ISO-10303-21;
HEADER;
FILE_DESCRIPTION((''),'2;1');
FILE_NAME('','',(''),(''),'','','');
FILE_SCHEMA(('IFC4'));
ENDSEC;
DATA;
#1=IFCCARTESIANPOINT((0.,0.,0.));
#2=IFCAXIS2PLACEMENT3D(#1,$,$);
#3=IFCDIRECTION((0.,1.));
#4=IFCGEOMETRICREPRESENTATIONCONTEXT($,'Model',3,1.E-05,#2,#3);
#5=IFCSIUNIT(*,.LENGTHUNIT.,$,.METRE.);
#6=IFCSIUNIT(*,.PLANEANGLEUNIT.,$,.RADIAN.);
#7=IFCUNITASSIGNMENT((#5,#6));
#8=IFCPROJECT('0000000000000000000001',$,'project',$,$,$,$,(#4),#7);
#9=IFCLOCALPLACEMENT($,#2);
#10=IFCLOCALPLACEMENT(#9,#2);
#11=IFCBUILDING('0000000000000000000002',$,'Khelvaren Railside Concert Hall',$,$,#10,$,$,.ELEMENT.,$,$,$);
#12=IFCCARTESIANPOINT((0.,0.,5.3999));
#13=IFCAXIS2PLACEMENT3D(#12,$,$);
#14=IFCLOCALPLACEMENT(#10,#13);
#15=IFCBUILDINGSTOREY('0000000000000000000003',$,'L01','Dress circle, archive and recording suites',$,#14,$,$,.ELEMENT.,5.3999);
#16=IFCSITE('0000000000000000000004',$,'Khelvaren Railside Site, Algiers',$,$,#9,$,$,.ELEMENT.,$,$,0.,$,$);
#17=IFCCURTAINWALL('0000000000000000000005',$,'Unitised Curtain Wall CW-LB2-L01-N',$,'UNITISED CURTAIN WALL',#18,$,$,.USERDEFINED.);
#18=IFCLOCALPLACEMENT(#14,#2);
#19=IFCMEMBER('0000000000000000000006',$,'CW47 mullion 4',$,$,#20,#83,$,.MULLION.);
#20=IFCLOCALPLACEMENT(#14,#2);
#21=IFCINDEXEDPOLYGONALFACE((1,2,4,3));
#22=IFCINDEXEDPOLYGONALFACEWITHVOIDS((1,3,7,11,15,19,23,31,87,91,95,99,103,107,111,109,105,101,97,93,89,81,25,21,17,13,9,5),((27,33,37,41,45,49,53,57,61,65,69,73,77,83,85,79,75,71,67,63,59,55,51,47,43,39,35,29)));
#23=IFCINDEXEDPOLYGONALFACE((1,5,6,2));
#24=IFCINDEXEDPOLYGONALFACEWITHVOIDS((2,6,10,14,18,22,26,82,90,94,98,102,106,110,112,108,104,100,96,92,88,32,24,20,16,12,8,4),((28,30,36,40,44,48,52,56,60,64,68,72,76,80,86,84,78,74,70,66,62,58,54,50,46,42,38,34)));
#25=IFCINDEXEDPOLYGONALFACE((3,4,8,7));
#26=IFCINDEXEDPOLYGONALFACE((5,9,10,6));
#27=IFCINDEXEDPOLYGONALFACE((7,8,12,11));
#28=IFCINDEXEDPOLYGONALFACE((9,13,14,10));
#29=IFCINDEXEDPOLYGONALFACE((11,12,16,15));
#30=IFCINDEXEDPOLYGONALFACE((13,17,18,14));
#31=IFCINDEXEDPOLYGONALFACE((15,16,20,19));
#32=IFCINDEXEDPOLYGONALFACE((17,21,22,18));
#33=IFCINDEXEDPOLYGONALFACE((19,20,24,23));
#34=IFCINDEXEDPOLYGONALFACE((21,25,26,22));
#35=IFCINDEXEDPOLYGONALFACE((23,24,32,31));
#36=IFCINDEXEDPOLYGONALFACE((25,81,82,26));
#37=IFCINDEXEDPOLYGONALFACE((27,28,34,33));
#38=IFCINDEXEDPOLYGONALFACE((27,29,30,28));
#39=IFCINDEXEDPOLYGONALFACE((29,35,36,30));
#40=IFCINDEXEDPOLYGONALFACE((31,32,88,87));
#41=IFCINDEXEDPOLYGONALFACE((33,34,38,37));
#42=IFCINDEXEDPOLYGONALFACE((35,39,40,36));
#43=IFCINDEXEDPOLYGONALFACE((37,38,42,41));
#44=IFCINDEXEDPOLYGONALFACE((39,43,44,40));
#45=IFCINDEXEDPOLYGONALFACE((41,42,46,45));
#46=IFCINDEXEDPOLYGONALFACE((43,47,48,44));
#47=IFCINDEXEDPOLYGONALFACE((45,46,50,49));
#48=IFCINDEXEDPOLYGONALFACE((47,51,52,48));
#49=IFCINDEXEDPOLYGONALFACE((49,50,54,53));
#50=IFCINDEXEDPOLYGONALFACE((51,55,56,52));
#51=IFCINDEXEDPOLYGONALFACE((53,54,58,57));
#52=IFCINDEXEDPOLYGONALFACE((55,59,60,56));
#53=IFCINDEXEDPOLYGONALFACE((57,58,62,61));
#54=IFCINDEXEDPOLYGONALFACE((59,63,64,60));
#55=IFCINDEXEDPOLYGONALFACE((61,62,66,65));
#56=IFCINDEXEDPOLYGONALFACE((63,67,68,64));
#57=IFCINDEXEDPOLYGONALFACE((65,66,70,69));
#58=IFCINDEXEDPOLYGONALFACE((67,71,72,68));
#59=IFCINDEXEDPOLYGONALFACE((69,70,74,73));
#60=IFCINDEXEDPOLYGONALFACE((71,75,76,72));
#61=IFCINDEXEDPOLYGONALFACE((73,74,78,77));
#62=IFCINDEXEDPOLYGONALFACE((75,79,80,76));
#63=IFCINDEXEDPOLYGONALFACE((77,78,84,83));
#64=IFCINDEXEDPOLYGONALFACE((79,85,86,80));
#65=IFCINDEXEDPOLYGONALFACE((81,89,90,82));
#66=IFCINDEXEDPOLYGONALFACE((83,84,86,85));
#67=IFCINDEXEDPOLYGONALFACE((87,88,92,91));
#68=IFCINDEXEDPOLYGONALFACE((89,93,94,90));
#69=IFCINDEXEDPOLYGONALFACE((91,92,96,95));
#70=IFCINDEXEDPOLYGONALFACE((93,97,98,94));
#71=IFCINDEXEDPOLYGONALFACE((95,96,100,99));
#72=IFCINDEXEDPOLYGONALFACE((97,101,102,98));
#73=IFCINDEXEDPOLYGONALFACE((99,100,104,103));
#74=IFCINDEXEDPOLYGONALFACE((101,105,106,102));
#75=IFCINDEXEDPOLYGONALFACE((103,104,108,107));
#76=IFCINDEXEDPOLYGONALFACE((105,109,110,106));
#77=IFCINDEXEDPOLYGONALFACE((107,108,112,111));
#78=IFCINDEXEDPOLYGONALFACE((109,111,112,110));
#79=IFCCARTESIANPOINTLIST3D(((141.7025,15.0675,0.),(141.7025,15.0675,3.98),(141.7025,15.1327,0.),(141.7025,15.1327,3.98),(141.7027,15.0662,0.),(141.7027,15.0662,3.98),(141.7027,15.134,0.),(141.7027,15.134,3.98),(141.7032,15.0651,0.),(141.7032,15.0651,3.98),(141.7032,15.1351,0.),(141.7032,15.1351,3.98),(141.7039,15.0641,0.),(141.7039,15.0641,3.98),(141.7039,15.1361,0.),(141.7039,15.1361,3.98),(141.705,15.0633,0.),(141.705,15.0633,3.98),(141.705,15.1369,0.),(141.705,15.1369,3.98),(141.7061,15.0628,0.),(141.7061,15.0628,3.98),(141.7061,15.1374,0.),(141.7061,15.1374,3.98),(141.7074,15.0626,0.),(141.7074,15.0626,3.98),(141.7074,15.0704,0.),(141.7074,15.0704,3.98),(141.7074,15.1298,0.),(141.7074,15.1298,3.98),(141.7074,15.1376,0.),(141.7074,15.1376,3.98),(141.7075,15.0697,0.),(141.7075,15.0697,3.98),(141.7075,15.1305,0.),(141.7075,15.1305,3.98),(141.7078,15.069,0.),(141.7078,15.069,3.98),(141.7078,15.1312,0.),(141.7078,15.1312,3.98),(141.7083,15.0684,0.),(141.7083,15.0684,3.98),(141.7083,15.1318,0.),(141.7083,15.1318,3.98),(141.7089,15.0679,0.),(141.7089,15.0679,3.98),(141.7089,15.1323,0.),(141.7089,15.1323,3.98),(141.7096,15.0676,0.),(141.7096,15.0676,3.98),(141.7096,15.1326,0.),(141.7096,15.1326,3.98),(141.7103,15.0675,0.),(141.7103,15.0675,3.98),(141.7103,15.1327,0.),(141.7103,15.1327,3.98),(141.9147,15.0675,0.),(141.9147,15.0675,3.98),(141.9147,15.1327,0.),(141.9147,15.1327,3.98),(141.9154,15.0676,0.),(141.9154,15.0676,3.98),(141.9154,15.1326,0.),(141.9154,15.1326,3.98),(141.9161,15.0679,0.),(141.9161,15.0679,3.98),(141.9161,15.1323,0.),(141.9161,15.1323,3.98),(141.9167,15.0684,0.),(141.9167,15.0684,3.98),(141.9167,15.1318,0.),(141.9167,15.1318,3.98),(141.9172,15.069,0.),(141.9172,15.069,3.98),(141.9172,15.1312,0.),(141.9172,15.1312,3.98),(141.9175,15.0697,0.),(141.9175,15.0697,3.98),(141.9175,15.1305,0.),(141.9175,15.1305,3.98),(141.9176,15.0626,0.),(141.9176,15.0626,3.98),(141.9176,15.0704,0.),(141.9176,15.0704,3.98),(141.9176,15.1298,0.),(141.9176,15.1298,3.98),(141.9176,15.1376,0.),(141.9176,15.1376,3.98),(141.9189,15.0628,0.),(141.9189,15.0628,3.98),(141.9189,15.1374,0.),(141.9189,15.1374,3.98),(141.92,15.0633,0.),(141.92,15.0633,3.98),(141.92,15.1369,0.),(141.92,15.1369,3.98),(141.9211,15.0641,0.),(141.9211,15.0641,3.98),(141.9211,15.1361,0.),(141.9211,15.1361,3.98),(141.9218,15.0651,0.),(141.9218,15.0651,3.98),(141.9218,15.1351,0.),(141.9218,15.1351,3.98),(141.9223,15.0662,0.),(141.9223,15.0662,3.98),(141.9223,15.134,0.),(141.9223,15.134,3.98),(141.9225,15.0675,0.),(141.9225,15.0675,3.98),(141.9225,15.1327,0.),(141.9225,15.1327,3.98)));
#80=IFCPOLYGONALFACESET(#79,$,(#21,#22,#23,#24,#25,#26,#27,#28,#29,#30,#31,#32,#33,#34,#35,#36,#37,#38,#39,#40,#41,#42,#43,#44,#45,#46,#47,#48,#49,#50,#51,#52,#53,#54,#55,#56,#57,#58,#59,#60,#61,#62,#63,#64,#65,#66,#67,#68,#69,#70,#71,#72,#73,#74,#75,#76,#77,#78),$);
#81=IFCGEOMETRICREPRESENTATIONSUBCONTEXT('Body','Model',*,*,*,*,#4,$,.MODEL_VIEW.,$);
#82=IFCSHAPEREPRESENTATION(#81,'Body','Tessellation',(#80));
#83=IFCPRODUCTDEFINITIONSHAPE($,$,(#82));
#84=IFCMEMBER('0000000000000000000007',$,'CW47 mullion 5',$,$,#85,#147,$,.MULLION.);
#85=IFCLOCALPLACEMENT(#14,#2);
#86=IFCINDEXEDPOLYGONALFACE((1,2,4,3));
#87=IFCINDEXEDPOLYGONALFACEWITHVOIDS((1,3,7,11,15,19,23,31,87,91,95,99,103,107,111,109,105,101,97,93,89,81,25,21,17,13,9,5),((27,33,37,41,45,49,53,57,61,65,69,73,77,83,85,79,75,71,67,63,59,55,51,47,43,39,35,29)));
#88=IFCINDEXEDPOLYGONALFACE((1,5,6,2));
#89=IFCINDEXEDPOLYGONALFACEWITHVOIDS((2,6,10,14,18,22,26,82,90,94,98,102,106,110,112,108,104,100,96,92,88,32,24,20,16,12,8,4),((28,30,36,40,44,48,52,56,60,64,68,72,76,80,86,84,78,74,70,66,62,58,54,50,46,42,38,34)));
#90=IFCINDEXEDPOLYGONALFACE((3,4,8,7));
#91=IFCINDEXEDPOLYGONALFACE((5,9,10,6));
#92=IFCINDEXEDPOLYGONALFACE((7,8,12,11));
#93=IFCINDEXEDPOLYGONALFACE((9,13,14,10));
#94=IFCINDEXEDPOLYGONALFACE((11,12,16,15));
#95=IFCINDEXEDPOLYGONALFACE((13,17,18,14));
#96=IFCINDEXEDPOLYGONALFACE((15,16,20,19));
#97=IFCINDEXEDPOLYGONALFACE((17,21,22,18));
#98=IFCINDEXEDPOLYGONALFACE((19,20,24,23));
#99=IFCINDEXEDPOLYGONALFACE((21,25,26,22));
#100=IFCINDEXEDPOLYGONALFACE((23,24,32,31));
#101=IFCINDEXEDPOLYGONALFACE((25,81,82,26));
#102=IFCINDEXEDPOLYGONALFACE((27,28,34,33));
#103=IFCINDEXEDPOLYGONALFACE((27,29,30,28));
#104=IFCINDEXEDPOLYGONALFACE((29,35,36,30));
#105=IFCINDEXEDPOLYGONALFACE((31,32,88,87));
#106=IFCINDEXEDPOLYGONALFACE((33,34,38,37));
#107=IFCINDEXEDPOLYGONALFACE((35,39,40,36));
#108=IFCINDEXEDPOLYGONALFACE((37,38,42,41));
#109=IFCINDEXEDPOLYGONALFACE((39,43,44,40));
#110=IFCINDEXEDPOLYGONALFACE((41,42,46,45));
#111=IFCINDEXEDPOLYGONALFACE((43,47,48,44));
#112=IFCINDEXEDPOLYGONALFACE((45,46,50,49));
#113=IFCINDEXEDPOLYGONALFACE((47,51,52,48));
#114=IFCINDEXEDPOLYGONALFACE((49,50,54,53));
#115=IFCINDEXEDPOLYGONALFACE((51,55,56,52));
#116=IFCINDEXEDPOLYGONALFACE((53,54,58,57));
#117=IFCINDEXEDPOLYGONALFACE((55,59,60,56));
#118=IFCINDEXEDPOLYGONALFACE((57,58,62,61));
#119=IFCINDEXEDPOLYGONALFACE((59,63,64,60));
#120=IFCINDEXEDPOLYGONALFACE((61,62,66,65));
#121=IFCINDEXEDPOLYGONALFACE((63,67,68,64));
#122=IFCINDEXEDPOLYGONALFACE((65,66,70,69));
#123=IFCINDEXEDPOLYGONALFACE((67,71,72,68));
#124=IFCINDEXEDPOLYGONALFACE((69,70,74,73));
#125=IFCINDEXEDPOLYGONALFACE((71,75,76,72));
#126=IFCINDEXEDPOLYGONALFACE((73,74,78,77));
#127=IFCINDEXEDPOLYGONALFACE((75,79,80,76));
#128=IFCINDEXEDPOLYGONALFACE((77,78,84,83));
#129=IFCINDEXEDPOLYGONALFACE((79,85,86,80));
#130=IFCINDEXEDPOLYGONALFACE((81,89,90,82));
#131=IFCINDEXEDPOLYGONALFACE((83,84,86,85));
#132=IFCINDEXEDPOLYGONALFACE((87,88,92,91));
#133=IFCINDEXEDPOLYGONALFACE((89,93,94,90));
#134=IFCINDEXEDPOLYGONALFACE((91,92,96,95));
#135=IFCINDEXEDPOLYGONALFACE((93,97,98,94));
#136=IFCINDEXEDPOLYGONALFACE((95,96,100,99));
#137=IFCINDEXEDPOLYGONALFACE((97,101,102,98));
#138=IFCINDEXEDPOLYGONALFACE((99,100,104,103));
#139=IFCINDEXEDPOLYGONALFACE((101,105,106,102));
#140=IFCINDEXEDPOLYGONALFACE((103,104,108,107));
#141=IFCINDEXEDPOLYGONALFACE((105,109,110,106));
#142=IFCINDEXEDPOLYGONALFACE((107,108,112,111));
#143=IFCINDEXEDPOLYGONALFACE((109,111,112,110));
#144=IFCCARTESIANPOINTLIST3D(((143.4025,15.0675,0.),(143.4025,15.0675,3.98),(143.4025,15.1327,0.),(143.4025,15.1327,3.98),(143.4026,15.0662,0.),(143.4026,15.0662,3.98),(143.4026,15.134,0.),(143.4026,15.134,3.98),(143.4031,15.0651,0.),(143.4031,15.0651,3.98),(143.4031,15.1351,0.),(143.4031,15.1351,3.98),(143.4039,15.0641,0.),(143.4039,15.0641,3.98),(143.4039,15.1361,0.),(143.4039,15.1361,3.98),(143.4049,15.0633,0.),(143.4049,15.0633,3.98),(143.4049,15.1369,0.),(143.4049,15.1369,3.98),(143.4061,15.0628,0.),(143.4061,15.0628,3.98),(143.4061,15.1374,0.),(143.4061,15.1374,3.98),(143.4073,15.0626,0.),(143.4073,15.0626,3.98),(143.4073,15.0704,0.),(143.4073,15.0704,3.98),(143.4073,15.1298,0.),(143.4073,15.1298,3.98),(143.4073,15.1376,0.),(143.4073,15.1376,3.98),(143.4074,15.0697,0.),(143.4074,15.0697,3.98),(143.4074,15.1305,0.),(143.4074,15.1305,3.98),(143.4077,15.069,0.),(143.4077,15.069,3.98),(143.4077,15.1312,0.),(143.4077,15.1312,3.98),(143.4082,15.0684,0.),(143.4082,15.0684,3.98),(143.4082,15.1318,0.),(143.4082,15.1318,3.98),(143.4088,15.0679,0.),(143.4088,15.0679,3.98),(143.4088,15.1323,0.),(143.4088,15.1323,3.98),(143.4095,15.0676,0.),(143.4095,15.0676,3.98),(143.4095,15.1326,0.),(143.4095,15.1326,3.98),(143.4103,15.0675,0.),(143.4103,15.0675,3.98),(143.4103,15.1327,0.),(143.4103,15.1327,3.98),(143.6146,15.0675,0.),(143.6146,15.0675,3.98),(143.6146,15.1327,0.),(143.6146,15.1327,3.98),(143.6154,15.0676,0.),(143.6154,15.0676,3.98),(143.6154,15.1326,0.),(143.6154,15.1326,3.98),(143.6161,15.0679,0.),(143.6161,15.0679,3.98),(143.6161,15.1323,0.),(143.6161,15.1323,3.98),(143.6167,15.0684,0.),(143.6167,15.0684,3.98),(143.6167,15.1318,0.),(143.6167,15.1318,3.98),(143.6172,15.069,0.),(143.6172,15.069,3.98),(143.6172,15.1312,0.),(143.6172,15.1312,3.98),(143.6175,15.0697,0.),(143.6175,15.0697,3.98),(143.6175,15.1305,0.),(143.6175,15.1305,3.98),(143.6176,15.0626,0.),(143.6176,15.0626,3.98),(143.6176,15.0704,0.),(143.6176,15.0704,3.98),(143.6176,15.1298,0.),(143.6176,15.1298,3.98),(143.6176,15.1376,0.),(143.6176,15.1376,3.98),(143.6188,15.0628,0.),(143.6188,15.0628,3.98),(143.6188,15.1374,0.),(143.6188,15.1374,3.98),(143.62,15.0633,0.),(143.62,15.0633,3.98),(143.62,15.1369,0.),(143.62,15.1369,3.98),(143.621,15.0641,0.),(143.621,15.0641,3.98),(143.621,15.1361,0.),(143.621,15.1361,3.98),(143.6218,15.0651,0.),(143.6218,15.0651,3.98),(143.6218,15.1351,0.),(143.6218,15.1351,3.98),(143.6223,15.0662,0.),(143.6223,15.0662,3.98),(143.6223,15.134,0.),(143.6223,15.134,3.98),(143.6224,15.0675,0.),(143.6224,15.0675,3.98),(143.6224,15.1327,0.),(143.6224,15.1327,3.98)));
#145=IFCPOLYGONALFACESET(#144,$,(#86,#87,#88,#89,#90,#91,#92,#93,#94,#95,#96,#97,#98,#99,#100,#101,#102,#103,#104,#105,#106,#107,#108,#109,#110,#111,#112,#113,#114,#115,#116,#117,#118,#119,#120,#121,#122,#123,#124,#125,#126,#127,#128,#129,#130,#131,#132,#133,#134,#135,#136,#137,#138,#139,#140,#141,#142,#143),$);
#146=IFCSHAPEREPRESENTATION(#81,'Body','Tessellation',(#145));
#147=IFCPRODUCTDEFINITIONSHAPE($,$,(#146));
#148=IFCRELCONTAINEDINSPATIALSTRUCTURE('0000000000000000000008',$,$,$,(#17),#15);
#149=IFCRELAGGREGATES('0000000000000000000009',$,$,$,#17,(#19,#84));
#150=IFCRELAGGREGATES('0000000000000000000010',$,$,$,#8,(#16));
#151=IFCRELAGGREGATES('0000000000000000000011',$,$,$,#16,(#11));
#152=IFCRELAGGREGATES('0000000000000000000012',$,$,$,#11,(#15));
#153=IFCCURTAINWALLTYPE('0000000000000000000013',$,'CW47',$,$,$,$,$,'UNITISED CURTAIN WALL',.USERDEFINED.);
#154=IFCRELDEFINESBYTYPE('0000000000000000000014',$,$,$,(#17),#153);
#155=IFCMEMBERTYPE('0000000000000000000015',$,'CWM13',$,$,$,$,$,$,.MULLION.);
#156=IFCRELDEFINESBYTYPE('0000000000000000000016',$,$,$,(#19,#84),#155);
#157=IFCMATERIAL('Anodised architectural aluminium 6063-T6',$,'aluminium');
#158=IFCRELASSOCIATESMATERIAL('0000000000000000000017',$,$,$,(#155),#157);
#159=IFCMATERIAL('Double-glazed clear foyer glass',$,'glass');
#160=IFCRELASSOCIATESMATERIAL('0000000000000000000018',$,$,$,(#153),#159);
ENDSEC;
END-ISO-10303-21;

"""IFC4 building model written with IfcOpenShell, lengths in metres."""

from ifc_helpers import new_model, si_unit, direction, frame, origin, origin_2d, place, context, subcontext, project, spatial, hollow_rectangle, extrude, material, material_profile, profile_set, type_object, element, aggregate, save


model = new_model("IFC4")

# Units and contexts
model_context = context("Model", 3, precision=1e-05, world=origin(), true_north=direction((0.0, 1.0)))
body_context = subcontext(model_context, "Body", "Model", "MODEL_VIEW")
ifc_project = project(units=[si_unit("LENGTHUNIT", "METRE"), si_unit("PLANEANGLEUNIT", "RADIAN")], contexts=[model_context])

# Site, building, storey
site_placement = place(None, origin())
site = spatial("IfcSite", under=ifc_project, at=site_placement, Name="Khelvaren Railside Site, Algiers", CompositionType="ELEMENT", RefElevation=0.0)
building_placement = place(site_placement, origin())
building = spatial("IfcBuilding", under=site, at=building_placement, Name="Khelvaren Railside Concert Hall", CompositionType="ELEMENT")
storey_placement = place(building_placement, frame((0.0, 0.0, 5.3999)))
storey = spatial("IfcBuildingStorey", under=building, at=storey_placement, Name="L01", Description="Dress circle, archive and recording suites", CompositionType="ELEMENT", Elevation=5.3999)

# Shared definitions
ifc_material_1 = material(Name="Anodised architectural aluminium 6063-T6", Category="aluminium")
ifc_material_profile_1 = material_profile(ifc_material_1, hollow_rectangle(XDim=0.075, YDim=0.22, WallThickness=0.0049, InnerFilletRadius=0.0029, OuterFilletRadius=0.0049, at=origin_2d()), Name="CWM 75x220x5")
ifc_profile_set_1 = profile_set([ifc_material_profile_1], Name="Anodised architectural aluminium 6063-T6")
member_type_1 = type_object("IfcMemberType", Name="CWM13", PredefinedType="MULLION", material=ifc_profile_set_1)

# Curtain wall, members
ifc_material_2 = material(Name="Double-glazed clear foyer glass", Category="glass")
curtain_wall_type_1 = type_object("IfcCurtainWallType", Name="CW47", ElementType="UNITISED CURTAIN WALL", PredefinedType="USERDEFINED", material=ifc_material_2)
curtain_wall_1_placement = place(storey_placement, origin())
curtain_wall_1 = element("IfcCurtainWall", 1, at=curtain_wall_1_placement, inside=storey, type_object=curtain_wall_type_1, Name="Unitised Curtain Wall CW-LB2-L01-N", ObjectType="UNITISED CURTAIN WALL", PredefinedType="USERDEFINED")
member_1_placement = place(storey_placement, frame((141.8125, 15.1001, 0.0), z_axis=(0.0, 0.0, 1.0), x_axis=(0.0, 1.0, 0.0)))
member_1 = element("IfcMember", 2, at=member_1_placement, type_object=member_type_1, Name="CW47 mullion 4", PredefinedType="MULLION", context=body_context, shape_type="SweptSolid", body=[
    extrude(hollow_rectangle(XDim=0.075, YDim=0.22, WallThickness=0.0049, InnerFilletRadius=0.0029, OuterFilletRadius=0.0049, at=origin_2d()), origin(), (0.0, 0.0, 1.0), 3.98),
])
member_2_placement = place(storey_placement, frame((143.5125, 15.1001, 0.0), z_axis=(0.0, 0.0, 1.0), x_axis=(0.0, 1.0, 0.0)))
member_2 = element("IfcMember", 3, at=member_2_placement, type_object=member_type_1, Name="CW47 mullion 5", PredefinedType="MULLION", context=body_context, shape_type="SweptSolid", body=[
    extrude(hollow_rectangle(XDim=0.075, YDim=0.22, WallThickness=0.0049, InnerFilletRadius=0.0029, OuterFilletRadius=0.0049, at=origin_2d()), origin(), (0.0, 0.0, 1.0), 3.98),
])

aggregate(curtain_wall_1, [member_1, member_2])

save(model, "model.ifc")
